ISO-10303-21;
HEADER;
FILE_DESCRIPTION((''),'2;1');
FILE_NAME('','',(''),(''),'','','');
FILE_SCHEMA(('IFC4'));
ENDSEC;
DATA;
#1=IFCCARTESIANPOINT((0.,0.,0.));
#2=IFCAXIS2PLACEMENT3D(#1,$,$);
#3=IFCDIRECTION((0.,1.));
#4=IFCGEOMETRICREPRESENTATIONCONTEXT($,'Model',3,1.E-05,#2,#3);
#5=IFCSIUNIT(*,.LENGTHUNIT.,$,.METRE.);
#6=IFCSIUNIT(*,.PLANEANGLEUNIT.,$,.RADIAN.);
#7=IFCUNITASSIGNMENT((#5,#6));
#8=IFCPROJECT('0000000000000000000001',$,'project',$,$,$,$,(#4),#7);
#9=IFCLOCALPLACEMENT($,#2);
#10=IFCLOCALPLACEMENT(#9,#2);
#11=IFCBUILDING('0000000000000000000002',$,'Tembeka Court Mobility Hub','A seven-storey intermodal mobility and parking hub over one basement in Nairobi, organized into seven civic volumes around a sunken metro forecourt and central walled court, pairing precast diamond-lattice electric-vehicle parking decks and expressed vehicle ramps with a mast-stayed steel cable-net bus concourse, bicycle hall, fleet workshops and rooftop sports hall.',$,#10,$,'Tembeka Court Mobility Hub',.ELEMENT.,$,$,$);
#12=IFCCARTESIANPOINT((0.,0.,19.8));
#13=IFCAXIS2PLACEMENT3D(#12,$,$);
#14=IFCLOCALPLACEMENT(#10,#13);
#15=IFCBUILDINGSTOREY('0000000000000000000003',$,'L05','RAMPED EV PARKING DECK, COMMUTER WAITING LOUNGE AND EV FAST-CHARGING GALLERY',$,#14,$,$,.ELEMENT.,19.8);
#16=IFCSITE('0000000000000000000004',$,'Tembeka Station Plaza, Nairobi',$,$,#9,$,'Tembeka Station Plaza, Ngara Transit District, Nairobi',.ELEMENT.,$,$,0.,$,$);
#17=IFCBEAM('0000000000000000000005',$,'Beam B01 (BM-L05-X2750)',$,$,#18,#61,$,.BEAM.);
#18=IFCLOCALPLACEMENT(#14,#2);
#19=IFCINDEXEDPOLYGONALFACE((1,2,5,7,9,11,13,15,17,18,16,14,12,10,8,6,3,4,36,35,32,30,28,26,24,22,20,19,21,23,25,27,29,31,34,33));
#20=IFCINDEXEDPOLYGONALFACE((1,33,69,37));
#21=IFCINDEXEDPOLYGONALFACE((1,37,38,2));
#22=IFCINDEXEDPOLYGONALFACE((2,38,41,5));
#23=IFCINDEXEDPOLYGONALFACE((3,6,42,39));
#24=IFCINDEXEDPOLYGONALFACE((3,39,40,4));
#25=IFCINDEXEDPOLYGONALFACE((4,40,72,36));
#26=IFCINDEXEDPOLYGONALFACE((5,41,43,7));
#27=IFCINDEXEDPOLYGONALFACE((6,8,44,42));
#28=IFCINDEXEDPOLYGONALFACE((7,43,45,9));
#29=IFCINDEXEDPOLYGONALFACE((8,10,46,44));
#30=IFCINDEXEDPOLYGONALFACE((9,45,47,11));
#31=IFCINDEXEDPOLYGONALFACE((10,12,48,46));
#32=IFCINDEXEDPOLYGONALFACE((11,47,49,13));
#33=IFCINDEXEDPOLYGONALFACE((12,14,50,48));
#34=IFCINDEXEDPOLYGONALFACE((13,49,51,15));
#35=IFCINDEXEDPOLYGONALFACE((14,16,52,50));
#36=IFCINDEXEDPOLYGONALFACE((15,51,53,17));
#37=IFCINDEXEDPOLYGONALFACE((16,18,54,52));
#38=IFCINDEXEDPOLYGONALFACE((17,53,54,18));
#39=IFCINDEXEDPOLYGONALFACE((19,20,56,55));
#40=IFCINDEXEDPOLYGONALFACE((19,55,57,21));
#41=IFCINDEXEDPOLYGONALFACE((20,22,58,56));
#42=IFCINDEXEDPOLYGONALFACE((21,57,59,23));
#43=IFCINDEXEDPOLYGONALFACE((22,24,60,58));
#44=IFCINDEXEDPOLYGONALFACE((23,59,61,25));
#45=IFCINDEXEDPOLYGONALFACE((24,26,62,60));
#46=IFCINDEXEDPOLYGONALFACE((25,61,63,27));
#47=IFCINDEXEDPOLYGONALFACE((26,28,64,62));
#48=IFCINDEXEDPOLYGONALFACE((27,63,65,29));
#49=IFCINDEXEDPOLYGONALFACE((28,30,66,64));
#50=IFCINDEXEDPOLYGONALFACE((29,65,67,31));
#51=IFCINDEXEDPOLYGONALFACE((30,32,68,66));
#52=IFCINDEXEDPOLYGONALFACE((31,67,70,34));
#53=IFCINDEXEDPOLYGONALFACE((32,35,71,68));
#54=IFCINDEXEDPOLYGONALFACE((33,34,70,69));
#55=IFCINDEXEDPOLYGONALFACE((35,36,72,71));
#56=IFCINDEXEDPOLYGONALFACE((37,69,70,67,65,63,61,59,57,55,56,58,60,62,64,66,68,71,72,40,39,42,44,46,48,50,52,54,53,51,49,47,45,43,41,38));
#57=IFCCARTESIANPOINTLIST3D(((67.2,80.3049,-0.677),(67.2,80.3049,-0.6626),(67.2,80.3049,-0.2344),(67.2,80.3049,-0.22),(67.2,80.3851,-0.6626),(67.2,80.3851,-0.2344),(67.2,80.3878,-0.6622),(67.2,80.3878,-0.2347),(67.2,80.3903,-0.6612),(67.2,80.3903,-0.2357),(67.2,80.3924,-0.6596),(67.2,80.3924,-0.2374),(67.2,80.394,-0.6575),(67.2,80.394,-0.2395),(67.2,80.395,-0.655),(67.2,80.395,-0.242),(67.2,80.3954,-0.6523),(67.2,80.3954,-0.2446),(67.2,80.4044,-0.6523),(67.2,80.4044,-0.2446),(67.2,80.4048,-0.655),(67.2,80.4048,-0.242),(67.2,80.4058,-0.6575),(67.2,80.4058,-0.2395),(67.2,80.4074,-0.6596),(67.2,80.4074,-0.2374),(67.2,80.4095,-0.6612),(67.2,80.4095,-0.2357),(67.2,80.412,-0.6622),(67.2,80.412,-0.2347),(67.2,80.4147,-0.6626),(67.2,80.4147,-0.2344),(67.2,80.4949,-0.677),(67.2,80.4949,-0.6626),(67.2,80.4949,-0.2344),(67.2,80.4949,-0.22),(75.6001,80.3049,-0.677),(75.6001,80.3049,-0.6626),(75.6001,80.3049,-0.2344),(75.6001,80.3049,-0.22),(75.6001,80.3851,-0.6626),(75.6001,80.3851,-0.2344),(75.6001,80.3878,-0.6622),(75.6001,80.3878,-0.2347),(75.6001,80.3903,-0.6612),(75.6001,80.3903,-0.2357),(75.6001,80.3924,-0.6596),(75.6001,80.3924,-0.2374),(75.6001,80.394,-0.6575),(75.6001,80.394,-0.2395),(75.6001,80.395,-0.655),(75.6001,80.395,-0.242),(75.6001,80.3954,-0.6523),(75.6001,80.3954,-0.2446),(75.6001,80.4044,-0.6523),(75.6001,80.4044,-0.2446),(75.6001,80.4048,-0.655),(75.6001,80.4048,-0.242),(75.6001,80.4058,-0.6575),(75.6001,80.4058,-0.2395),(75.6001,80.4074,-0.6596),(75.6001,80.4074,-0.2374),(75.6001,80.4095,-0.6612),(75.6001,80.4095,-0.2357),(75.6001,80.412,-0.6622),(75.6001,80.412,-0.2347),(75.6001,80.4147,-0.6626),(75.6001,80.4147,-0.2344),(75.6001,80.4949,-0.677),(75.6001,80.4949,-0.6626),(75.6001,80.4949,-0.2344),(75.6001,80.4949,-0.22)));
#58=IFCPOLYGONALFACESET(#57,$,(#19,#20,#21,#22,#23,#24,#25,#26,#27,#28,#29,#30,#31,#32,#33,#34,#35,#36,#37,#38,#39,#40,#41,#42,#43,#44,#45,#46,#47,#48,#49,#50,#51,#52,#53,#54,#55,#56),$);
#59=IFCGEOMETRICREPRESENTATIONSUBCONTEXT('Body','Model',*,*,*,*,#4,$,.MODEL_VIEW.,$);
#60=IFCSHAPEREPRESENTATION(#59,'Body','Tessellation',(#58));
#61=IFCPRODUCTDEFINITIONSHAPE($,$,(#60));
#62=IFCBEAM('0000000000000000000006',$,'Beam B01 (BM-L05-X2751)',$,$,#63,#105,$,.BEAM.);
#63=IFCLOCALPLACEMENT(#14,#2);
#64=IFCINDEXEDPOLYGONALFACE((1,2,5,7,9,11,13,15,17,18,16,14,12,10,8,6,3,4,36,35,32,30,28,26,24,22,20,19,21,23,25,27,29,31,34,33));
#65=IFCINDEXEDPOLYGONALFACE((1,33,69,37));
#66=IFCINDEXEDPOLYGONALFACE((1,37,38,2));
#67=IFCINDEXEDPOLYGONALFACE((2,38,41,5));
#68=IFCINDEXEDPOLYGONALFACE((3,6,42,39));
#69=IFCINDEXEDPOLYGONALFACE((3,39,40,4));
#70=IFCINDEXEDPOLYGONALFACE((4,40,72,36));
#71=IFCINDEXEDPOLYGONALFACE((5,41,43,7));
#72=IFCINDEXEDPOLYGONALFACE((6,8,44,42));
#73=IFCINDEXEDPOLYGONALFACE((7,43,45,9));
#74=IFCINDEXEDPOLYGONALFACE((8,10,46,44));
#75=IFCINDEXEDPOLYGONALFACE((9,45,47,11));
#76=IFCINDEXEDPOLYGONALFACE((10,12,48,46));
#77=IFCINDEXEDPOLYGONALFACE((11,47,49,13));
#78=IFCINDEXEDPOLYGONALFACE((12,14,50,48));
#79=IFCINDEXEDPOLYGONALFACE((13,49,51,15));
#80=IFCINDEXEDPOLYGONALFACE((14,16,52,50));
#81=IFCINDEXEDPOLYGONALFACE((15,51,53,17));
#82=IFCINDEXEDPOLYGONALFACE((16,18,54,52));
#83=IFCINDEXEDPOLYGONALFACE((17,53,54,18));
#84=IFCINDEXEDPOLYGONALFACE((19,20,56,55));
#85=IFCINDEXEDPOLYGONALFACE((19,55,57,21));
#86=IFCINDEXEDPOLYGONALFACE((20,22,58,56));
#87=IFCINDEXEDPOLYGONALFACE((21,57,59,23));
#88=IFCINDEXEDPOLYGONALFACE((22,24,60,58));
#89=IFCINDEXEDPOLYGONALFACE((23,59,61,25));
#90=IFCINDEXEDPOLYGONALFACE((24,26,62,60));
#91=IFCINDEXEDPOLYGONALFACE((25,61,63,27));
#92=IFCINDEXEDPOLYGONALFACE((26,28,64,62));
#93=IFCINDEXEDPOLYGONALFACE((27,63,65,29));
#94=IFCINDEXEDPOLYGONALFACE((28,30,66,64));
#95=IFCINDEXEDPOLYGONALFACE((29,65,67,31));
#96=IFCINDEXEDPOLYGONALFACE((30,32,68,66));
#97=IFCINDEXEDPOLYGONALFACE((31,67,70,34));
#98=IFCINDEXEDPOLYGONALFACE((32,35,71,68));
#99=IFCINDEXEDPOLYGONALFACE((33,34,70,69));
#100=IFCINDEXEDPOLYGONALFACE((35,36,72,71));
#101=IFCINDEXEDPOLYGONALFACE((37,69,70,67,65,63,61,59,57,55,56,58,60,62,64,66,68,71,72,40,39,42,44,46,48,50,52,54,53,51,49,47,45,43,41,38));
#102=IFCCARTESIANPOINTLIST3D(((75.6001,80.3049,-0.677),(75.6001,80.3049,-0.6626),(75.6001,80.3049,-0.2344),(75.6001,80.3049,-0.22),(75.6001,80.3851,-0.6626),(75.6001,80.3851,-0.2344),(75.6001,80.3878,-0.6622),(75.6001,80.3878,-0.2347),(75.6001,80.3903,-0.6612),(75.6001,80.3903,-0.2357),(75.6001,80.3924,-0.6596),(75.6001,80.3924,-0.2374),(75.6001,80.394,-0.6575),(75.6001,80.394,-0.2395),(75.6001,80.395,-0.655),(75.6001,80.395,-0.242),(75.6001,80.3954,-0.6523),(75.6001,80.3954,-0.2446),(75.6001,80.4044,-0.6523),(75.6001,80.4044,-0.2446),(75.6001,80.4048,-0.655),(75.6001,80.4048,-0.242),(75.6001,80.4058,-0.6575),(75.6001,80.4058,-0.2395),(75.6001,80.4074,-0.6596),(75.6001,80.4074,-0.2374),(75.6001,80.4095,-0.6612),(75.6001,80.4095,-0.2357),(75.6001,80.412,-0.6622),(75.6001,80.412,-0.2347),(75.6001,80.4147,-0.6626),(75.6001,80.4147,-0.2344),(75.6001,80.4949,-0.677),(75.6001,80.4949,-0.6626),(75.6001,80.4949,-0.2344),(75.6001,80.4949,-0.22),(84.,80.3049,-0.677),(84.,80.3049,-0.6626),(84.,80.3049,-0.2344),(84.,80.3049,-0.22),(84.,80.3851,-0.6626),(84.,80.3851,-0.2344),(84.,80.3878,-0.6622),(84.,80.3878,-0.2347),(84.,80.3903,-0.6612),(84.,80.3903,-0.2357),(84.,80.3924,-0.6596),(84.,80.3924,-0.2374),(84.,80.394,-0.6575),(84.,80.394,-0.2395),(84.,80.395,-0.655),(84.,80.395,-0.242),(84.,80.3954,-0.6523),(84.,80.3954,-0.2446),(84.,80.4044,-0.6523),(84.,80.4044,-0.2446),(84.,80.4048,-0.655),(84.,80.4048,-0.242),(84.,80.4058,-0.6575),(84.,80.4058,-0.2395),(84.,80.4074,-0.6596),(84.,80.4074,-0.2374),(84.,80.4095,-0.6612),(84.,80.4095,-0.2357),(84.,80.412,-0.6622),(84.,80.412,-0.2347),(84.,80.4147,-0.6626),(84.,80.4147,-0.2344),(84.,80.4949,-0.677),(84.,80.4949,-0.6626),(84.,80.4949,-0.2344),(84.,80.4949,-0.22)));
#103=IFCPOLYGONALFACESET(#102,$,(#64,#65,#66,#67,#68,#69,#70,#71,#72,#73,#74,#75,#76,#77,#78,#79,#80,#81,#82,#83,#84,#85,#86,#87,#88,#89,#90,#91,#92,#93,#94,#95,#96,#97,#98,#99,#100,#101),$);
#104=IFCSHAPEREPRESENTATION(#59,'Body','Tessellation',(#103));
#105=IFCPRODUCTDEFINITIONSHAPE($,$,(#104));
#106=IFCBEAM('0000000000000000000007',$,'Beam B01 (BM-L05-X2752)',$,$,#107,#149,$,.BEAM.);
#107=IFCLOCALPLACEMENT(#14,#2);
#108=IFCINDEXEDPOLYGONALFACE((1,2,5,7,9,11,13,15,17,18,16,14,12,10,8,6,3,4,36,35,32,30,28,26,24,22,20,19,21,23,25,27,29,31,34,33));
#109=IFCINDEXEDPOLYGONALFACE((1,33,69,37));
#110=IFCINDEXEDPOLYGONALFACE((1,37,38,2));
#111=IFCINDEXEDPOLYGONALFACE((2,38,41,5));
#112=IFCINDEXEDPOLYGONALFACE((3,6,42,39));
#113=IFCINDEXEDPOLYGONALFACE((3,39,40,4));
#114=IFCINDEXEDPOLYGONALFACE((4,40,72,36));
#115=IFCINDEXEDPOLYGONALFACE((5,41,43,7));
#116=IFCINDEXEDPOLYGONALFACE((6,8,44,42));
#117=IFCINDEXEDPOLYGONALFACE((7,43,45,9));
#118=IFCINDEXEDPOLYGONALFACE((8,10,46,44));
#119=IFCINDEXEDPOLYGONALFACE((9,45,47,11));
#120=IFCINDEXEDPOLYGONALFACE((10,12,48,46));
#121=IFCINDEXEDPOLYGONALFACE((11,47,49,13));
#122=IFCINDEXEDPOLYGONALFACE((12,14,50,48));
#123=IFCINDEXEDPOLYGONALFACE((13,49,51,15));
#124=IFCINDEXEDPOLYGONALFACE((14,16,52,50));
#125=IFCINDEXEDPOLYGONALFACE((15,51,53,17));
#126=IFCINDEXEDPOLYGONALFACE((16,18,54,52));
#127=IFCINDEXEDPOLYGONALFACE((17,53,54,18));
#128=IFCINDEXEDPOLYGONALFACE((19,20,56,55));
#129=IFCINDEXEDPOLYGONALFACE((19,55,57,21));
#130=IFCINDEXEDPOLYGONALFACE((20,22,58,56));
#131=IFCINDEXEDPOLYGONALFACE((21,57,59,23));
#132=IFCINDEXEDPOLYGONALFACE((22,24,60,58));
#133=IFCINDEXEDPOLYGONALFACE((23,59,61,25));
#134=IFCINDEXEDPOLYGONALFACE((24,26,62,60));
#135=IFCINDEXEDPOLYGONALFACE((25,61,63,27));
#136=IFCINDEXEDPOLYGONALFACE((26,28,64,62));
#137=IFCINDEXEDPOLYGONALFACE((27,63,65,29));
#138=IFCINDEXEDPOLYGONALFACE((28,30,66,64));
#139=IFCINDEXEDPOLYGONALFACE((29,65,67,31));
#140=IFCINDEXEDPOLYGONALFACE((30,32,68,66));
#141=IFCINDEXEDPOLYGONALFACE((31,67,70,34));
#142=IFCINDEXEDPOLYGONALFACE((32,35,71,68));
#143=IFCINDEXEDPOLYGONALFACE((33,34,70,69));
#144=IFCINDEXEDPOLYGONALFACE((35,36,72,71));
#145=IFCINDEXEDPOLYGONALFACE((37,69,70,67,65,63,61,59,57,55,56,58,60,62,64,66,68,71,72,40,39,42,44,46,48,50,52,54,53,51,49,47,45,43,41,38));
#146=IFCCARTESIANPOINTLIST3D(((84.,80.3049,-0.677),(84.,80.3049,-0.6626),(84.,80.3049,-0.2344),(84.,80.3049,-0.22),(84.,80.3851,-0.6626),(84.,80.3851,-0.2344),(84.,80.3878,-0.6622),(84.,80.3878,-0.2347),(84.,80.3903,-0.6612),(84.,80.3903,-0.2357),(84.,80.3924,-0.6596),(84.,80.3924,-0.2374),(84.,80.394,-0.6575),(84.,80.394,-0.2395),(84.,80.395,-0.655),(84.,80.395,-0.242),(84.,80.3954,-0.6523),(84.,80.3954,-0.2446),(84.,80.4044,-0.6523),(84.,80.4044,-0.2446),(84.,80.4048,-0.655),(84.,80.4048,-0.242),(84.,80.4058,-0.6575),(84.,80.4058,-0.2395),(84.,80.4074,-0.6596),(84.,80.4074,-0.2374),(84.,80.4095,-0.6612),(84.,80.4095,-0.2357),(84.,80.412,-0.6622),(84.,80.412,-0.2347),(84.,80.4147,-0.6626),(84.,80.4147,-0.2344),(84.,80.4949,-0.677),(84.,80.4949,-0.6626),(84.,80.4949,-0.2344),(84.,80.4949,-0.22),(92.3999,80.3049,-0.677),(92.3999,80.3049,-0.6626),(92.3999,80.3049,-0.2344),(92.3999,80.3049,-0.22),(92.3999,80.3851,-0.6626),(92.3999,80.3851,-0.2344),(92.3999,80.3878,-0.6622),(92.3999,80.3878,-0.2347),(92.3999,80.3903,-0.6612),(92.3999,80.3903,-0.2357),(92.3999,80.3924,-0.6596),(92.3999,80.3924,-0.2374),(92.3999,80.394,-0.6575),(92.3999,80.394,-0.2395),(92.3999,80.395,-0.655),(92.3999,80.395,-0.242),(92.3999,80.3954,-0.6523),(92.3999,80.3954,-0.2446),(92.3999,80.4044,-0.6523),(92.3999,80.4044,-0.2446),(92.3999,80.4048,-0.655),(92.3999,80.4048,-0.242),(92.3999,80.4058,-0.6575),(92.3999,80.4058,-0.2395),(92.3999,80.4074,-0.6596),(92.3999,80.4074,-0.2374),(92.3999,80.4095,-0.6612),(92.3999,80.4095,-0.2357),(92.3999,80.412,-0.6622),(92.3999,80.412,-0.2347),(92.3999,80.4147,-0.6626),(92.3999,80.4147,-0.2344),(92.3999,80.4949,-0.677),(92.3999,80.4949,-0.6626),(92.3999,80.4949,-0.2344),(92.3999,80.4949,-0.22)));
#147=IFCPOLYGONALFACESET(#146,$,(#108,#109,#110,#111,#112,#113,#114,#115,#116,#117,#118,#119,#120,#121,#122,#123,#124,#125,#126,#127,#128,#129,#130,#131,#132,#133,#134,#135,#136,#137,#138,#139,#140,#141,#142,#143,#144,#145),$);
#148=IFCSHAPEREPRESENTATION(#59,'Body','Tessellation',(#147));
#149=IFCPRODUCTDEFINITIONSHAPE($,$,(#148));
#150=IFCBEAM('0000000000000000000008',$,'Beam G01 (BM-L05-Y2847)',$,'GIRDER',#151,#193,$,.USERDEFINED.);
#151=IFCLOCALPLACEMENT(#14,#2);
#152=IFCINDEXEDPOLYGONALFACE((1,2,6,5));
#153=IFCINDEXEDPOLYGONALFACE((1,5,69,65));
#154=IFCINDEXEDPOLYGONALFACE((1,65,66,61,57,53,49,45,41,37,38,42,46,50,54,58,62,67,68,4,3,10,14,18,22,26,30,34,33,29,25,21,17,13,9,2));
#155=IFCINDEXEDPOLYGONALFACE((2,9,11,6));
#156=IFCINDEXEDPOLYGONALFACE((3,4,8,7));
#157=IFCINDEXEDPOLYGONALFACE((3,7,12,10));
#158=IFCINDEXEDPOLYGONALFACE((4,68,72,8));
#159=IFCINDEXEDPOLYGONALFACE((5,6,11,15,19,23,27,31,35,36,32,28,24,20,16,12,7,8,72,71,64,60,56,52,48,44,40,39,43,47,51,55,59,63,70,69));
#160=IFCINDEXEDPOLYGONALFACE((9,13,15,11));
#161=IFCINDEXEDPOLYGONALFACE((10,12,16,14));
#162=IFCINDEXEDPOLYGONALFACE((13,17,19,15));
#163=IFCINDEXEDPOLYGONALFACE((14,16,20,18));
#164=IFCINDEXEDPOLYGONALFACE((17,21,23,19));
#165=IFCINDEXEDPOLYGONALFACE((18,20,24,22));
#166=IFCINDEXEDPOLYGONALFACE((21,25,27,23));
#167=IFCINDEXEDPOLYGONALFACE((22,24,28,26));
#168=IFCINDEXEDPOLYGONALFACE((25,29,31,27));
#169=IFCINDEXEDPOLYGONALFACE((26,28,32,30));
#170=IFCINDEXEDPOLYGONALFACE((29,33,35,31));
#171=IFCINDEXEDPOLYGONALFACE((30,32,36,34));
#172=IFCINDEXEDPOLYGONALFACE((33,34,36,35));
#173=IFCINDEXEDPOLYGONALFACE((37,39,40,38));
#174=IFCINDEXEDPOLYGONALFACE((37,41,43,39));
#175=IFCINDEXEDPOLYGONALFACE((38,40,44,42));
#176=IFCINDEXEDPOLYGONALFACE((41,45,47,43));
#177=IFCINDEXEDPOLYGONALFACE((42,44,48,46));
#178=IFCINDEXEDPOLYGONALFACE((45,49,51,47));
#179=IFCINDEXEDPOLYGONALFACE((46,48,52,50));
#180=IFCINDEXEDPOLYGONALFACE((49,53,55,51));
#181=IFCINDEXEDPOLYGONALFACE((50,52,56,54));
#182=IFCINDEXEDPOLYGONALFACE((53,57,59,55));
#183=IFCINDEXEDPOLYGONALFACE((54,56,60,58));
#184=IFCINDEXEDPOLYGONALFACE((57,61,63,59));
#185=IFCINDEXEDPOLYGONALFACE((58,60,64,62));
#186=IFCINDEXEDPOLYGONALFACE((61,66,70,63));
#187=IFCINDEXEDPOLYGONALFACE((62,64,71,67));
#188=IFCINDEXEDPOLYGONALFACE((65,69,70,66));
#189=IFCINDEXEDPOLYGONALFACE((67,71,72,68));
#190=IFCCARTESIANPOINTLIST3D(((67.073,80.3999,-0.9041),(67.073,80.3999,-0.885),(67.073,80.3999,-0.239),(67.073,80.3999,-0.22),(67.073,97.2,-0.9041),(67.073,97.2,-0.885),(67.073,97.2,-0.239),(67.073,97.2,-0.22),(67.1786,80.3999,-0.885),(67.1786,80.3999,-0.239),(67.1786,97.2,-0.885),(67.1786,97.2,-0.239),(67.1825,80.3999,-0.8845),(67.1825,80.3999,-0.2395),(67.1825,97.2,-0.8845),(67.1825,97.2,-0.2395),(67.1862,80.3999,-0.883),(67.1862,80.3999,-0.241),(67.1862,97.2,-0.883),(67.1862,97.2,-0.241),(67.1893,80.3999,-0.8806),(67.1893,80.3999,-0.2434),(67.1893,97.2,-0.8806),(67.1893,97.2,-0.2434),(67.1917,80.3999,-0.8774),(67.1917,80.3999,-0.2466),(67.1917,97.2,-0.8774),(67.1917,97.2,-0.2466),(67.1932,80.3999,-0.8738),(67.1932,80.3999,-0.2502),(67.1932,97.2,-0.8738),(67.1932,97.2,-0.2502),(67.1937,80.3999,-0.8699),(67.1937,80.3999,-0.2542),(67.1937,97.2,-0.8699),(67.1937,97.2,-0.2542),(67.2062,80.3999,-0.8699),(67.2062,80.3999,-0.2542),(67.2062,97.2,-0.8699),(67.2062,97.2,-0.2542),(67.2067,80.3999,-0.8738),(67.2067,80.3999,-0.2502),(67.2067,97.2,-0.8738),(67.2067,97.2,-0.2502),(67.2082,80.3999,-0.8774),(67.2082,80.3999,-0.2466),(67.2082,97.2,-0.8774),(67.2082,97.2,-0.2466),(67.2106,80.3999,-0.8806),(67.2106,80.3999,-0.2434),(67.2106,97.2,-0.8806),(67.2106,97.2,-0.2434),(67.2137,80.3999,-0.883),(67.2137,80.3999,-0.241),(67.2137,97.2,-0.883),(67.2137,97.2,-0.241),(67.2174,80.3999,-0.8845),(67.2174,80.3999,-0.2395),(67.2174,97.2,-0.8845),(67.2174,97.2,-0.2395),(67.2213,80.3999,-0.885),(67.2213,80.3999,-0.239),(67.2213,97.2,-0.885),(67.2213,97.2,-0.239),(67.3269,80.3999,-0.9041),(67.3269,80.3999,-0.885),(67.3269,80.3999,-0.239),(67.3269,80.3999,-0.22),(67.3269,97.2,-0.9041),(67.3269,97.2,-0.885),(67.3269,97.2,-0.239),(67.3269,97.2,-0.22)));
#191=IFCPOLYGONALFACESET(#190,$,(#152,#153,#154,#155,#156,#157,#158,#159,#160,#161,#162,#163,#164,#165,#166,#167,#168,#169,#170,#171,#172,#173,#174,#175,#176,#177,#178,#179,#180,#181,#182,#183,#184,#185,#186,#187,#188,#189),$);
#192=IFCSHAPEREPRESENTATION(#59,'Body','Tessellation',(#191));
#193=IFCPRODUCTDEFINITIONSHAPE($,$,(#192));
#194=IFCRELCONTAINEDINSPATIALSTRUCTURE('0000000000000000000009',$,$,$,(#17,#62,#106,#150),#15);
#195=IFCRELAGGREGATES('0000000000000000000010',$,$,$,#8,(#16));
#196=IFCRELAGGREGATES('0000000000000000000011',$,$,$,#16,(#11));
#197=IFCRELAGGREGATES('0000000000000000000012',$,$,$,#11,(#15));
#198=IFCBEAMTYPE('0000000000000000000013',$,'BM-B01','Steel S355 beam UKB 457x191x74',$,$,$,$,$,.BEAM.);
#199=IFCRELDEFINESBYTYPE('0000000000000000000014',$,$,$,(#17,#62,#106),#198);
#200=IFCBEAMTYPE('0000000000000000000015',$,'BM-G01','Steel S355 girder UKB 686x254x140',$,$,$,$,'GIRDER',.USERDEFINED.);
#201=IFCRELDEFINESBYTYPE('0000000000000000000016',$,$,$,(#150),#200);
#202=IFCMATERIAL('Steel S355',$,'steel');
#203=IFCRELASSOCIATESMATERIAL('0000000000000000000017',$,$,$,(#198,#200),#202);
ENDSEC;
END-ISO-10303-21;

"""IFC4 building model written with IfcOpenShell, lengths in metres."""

from ifc_helpers import new_model, si_unit, direction, frame, origin, origin_2d, place, context, subcontext, project, spatial, i_section, extrude, material, material_profile, profile_set, type_object, element, save


model = new_model("IFC4")

# Units and contexts
model_context = context("Model", 3, precision=1e-05, world=origin(), true_north=direction((0.0, 1.0)))
body_context = subcontext(model_context, "Body", "Model", "MODEL_VIEW")
ifc_project = project(units=[si_unit("LENGTHUNIT", "METRE"), si_unit("PLANEANGLEUNIT", "RADIAN")], contexts=[model_context])

# Site, building, storey
site_placement = place(None, origin())
site = spatial("IfcSite", under=ifc_project, at=site_placement, Name="Tembeka Station Plaza, Nairobi", LongName="Tembeka Station Plaza, Ngara Transit District, Nairobi", CompositionType="ELEMENT", RefElevation=0.0)
building_placement = place(site_placement, origin())
building = spatial("IfcBuilding", under=site, at=building_placement, Name="Tembeka Court Mobility Hub", Description="A seven-storey intermodal mobility and parking hub over one basement in Nairobi, organized into seven civic volumes around a sunken metro forecourt and central walled court, pairing precast diamond-lattice electric-vehicle parking decks and expressed vehicle ramps with a mast-stayed steel cable-net bus concourse, bicycle hall, fleet workshops and rooftop sports hall.", LongName="Tembeka Court Mobility Hub", CompositionType="ELEMENT")
storey_placement = place(building_placement, frame((0.0, 0.0, 19.8)))
storey = spatial("IfcBuildingStorey", under=building, at=storey_placement, Name="L05", Description="RAMPED EV PARKING DECK, COMMUTER WAITING LOUNGE AND EV FAST-CHARGING GALLERY", CompositionType="ELEMENT", Elevation=19.8)

# Shared definitions
ifc_material = material(Name="Steel S355", Category="steel")

# Beams
ifc_material_profile_1 = material_profile(ifc_material, i_section(OverallWidth=0.1899, OverallDepth=0.457, WebThickness=0.009, FlangeThickness=0.0144, FilletRadius=0.0103, at=origin_2d()), Name="UKB 457x191x74")
ifc_profile_set_1 = profile_set([ifc_material_profile_1], Name="Steel S355")
beam_type_1 = type_object("IfcBeamType", Name="BM-B01", Description="Steel S355 beam UKB 457x191x74", PredefinedType="BEAM", material=ifc_profile_set_1)
beam_1_placement = place(storey_placement, frame((67.2, 80.3999, -0.4485), z_axis=(1.0, 0.0, 0.0), x_axis=(0.0, 1.0, 0.0)))
element("IfcBeam", 1, at=beam_1_placement, inside=storey, type_object=beam_type_1, Name="Beam B01 (BM-L05-X2750)", PredefinedType="BEAM", context=body_context, shape_type="SweptSolid", body=[
    extrude(i_section(OverallWidth=0.1899, OverallDepth=0.457, WebThickness=0.009, FlangeThickness=0.0144, FilletRadius=0.0103, at=origin_2d()), origin(), (0.0, 0.0, 1.0), 8.4001),
])
for number, where, z_axis, x_axis, name in (
    (2, (75.6001, 80.3999, -0.4485), (1.0, 0.0, 0.0), (0.0, 1.0, 0.0), "Beam B01 (BM-L05-X2751)"),
    (3, (84.0, 80.3999, -0.4485), (1.0, 0.0, 0.0), (0.0, 1.0, 0.0), "Beam B01 (BM-L05-X2752)"),
):
    element("IfcBeam", number, at=place(storey_placement, frame(where, z_axis=z_axis, x_axis=x_axis)), inside=storey, type_object=beam_type_1, Name=name, PredefinedType="BEAM", context=body_context, shape_type="SweptSolid", body=[
        extrude(i_section(OverallWidth=0.1899, OverallDepth=0.457, WebThickness=0.009, FlangeThickness=0.0144, FilletRadius=0.0103, at=origin_2d()), origin(), (0.0, 0.0, 1.0), 8.3999),
    ])
ifc_material_profile_2 = material_profile(ifc_material, i_section(OverallWidth=0.2539, OverallDepth=0.6841, WebThickness=0.0125, FlangeThickness=0.019, FilletRadius=0.0151, at=origin_2d()), Name="UKB 686x254x140")
ifc_profile_set_2 = profile_set([ifc_material_profile_2], Name="Steel S355")
beam_type_2 = type_object("IfcBeamType", Name="BM-G01", Description="Steel S355 girder UKB 686x254x140", ElementType="GIRDER", PredefinedType="USERDEFINED", material=ifc_profile_set_2)
for number, where, z_axis, x_axis, name in (
    (4, (67.2, 80.3999, -0.562), (0.0, 1.0, 0.0), (-1.0, 0.0, 0.0), "Beam G01 (BM-L05-Y2847)"),
):
    element("IfcBeam", number, at=place(storey_placement, frame(where, z_axis=z_axis, x_axis=x_axis)), inside=storey, type_object=beam_type_2, Name=name, ObjectType="GIRDER", PredefinedType="USERDEFINED", context=body_context, shape_type="SweptSolid", body=[
        extrude(i_section(OverallWidth=0.2539, OverallDepth=0.6841, WebThickness=0.0125, FlangeThickness=0.019, FilletRadius=0.0151, at=origin_2d()), origin(), (0.0, 0.0, 1.0), 16.8),
    ])

save(model, "model.ifc")
